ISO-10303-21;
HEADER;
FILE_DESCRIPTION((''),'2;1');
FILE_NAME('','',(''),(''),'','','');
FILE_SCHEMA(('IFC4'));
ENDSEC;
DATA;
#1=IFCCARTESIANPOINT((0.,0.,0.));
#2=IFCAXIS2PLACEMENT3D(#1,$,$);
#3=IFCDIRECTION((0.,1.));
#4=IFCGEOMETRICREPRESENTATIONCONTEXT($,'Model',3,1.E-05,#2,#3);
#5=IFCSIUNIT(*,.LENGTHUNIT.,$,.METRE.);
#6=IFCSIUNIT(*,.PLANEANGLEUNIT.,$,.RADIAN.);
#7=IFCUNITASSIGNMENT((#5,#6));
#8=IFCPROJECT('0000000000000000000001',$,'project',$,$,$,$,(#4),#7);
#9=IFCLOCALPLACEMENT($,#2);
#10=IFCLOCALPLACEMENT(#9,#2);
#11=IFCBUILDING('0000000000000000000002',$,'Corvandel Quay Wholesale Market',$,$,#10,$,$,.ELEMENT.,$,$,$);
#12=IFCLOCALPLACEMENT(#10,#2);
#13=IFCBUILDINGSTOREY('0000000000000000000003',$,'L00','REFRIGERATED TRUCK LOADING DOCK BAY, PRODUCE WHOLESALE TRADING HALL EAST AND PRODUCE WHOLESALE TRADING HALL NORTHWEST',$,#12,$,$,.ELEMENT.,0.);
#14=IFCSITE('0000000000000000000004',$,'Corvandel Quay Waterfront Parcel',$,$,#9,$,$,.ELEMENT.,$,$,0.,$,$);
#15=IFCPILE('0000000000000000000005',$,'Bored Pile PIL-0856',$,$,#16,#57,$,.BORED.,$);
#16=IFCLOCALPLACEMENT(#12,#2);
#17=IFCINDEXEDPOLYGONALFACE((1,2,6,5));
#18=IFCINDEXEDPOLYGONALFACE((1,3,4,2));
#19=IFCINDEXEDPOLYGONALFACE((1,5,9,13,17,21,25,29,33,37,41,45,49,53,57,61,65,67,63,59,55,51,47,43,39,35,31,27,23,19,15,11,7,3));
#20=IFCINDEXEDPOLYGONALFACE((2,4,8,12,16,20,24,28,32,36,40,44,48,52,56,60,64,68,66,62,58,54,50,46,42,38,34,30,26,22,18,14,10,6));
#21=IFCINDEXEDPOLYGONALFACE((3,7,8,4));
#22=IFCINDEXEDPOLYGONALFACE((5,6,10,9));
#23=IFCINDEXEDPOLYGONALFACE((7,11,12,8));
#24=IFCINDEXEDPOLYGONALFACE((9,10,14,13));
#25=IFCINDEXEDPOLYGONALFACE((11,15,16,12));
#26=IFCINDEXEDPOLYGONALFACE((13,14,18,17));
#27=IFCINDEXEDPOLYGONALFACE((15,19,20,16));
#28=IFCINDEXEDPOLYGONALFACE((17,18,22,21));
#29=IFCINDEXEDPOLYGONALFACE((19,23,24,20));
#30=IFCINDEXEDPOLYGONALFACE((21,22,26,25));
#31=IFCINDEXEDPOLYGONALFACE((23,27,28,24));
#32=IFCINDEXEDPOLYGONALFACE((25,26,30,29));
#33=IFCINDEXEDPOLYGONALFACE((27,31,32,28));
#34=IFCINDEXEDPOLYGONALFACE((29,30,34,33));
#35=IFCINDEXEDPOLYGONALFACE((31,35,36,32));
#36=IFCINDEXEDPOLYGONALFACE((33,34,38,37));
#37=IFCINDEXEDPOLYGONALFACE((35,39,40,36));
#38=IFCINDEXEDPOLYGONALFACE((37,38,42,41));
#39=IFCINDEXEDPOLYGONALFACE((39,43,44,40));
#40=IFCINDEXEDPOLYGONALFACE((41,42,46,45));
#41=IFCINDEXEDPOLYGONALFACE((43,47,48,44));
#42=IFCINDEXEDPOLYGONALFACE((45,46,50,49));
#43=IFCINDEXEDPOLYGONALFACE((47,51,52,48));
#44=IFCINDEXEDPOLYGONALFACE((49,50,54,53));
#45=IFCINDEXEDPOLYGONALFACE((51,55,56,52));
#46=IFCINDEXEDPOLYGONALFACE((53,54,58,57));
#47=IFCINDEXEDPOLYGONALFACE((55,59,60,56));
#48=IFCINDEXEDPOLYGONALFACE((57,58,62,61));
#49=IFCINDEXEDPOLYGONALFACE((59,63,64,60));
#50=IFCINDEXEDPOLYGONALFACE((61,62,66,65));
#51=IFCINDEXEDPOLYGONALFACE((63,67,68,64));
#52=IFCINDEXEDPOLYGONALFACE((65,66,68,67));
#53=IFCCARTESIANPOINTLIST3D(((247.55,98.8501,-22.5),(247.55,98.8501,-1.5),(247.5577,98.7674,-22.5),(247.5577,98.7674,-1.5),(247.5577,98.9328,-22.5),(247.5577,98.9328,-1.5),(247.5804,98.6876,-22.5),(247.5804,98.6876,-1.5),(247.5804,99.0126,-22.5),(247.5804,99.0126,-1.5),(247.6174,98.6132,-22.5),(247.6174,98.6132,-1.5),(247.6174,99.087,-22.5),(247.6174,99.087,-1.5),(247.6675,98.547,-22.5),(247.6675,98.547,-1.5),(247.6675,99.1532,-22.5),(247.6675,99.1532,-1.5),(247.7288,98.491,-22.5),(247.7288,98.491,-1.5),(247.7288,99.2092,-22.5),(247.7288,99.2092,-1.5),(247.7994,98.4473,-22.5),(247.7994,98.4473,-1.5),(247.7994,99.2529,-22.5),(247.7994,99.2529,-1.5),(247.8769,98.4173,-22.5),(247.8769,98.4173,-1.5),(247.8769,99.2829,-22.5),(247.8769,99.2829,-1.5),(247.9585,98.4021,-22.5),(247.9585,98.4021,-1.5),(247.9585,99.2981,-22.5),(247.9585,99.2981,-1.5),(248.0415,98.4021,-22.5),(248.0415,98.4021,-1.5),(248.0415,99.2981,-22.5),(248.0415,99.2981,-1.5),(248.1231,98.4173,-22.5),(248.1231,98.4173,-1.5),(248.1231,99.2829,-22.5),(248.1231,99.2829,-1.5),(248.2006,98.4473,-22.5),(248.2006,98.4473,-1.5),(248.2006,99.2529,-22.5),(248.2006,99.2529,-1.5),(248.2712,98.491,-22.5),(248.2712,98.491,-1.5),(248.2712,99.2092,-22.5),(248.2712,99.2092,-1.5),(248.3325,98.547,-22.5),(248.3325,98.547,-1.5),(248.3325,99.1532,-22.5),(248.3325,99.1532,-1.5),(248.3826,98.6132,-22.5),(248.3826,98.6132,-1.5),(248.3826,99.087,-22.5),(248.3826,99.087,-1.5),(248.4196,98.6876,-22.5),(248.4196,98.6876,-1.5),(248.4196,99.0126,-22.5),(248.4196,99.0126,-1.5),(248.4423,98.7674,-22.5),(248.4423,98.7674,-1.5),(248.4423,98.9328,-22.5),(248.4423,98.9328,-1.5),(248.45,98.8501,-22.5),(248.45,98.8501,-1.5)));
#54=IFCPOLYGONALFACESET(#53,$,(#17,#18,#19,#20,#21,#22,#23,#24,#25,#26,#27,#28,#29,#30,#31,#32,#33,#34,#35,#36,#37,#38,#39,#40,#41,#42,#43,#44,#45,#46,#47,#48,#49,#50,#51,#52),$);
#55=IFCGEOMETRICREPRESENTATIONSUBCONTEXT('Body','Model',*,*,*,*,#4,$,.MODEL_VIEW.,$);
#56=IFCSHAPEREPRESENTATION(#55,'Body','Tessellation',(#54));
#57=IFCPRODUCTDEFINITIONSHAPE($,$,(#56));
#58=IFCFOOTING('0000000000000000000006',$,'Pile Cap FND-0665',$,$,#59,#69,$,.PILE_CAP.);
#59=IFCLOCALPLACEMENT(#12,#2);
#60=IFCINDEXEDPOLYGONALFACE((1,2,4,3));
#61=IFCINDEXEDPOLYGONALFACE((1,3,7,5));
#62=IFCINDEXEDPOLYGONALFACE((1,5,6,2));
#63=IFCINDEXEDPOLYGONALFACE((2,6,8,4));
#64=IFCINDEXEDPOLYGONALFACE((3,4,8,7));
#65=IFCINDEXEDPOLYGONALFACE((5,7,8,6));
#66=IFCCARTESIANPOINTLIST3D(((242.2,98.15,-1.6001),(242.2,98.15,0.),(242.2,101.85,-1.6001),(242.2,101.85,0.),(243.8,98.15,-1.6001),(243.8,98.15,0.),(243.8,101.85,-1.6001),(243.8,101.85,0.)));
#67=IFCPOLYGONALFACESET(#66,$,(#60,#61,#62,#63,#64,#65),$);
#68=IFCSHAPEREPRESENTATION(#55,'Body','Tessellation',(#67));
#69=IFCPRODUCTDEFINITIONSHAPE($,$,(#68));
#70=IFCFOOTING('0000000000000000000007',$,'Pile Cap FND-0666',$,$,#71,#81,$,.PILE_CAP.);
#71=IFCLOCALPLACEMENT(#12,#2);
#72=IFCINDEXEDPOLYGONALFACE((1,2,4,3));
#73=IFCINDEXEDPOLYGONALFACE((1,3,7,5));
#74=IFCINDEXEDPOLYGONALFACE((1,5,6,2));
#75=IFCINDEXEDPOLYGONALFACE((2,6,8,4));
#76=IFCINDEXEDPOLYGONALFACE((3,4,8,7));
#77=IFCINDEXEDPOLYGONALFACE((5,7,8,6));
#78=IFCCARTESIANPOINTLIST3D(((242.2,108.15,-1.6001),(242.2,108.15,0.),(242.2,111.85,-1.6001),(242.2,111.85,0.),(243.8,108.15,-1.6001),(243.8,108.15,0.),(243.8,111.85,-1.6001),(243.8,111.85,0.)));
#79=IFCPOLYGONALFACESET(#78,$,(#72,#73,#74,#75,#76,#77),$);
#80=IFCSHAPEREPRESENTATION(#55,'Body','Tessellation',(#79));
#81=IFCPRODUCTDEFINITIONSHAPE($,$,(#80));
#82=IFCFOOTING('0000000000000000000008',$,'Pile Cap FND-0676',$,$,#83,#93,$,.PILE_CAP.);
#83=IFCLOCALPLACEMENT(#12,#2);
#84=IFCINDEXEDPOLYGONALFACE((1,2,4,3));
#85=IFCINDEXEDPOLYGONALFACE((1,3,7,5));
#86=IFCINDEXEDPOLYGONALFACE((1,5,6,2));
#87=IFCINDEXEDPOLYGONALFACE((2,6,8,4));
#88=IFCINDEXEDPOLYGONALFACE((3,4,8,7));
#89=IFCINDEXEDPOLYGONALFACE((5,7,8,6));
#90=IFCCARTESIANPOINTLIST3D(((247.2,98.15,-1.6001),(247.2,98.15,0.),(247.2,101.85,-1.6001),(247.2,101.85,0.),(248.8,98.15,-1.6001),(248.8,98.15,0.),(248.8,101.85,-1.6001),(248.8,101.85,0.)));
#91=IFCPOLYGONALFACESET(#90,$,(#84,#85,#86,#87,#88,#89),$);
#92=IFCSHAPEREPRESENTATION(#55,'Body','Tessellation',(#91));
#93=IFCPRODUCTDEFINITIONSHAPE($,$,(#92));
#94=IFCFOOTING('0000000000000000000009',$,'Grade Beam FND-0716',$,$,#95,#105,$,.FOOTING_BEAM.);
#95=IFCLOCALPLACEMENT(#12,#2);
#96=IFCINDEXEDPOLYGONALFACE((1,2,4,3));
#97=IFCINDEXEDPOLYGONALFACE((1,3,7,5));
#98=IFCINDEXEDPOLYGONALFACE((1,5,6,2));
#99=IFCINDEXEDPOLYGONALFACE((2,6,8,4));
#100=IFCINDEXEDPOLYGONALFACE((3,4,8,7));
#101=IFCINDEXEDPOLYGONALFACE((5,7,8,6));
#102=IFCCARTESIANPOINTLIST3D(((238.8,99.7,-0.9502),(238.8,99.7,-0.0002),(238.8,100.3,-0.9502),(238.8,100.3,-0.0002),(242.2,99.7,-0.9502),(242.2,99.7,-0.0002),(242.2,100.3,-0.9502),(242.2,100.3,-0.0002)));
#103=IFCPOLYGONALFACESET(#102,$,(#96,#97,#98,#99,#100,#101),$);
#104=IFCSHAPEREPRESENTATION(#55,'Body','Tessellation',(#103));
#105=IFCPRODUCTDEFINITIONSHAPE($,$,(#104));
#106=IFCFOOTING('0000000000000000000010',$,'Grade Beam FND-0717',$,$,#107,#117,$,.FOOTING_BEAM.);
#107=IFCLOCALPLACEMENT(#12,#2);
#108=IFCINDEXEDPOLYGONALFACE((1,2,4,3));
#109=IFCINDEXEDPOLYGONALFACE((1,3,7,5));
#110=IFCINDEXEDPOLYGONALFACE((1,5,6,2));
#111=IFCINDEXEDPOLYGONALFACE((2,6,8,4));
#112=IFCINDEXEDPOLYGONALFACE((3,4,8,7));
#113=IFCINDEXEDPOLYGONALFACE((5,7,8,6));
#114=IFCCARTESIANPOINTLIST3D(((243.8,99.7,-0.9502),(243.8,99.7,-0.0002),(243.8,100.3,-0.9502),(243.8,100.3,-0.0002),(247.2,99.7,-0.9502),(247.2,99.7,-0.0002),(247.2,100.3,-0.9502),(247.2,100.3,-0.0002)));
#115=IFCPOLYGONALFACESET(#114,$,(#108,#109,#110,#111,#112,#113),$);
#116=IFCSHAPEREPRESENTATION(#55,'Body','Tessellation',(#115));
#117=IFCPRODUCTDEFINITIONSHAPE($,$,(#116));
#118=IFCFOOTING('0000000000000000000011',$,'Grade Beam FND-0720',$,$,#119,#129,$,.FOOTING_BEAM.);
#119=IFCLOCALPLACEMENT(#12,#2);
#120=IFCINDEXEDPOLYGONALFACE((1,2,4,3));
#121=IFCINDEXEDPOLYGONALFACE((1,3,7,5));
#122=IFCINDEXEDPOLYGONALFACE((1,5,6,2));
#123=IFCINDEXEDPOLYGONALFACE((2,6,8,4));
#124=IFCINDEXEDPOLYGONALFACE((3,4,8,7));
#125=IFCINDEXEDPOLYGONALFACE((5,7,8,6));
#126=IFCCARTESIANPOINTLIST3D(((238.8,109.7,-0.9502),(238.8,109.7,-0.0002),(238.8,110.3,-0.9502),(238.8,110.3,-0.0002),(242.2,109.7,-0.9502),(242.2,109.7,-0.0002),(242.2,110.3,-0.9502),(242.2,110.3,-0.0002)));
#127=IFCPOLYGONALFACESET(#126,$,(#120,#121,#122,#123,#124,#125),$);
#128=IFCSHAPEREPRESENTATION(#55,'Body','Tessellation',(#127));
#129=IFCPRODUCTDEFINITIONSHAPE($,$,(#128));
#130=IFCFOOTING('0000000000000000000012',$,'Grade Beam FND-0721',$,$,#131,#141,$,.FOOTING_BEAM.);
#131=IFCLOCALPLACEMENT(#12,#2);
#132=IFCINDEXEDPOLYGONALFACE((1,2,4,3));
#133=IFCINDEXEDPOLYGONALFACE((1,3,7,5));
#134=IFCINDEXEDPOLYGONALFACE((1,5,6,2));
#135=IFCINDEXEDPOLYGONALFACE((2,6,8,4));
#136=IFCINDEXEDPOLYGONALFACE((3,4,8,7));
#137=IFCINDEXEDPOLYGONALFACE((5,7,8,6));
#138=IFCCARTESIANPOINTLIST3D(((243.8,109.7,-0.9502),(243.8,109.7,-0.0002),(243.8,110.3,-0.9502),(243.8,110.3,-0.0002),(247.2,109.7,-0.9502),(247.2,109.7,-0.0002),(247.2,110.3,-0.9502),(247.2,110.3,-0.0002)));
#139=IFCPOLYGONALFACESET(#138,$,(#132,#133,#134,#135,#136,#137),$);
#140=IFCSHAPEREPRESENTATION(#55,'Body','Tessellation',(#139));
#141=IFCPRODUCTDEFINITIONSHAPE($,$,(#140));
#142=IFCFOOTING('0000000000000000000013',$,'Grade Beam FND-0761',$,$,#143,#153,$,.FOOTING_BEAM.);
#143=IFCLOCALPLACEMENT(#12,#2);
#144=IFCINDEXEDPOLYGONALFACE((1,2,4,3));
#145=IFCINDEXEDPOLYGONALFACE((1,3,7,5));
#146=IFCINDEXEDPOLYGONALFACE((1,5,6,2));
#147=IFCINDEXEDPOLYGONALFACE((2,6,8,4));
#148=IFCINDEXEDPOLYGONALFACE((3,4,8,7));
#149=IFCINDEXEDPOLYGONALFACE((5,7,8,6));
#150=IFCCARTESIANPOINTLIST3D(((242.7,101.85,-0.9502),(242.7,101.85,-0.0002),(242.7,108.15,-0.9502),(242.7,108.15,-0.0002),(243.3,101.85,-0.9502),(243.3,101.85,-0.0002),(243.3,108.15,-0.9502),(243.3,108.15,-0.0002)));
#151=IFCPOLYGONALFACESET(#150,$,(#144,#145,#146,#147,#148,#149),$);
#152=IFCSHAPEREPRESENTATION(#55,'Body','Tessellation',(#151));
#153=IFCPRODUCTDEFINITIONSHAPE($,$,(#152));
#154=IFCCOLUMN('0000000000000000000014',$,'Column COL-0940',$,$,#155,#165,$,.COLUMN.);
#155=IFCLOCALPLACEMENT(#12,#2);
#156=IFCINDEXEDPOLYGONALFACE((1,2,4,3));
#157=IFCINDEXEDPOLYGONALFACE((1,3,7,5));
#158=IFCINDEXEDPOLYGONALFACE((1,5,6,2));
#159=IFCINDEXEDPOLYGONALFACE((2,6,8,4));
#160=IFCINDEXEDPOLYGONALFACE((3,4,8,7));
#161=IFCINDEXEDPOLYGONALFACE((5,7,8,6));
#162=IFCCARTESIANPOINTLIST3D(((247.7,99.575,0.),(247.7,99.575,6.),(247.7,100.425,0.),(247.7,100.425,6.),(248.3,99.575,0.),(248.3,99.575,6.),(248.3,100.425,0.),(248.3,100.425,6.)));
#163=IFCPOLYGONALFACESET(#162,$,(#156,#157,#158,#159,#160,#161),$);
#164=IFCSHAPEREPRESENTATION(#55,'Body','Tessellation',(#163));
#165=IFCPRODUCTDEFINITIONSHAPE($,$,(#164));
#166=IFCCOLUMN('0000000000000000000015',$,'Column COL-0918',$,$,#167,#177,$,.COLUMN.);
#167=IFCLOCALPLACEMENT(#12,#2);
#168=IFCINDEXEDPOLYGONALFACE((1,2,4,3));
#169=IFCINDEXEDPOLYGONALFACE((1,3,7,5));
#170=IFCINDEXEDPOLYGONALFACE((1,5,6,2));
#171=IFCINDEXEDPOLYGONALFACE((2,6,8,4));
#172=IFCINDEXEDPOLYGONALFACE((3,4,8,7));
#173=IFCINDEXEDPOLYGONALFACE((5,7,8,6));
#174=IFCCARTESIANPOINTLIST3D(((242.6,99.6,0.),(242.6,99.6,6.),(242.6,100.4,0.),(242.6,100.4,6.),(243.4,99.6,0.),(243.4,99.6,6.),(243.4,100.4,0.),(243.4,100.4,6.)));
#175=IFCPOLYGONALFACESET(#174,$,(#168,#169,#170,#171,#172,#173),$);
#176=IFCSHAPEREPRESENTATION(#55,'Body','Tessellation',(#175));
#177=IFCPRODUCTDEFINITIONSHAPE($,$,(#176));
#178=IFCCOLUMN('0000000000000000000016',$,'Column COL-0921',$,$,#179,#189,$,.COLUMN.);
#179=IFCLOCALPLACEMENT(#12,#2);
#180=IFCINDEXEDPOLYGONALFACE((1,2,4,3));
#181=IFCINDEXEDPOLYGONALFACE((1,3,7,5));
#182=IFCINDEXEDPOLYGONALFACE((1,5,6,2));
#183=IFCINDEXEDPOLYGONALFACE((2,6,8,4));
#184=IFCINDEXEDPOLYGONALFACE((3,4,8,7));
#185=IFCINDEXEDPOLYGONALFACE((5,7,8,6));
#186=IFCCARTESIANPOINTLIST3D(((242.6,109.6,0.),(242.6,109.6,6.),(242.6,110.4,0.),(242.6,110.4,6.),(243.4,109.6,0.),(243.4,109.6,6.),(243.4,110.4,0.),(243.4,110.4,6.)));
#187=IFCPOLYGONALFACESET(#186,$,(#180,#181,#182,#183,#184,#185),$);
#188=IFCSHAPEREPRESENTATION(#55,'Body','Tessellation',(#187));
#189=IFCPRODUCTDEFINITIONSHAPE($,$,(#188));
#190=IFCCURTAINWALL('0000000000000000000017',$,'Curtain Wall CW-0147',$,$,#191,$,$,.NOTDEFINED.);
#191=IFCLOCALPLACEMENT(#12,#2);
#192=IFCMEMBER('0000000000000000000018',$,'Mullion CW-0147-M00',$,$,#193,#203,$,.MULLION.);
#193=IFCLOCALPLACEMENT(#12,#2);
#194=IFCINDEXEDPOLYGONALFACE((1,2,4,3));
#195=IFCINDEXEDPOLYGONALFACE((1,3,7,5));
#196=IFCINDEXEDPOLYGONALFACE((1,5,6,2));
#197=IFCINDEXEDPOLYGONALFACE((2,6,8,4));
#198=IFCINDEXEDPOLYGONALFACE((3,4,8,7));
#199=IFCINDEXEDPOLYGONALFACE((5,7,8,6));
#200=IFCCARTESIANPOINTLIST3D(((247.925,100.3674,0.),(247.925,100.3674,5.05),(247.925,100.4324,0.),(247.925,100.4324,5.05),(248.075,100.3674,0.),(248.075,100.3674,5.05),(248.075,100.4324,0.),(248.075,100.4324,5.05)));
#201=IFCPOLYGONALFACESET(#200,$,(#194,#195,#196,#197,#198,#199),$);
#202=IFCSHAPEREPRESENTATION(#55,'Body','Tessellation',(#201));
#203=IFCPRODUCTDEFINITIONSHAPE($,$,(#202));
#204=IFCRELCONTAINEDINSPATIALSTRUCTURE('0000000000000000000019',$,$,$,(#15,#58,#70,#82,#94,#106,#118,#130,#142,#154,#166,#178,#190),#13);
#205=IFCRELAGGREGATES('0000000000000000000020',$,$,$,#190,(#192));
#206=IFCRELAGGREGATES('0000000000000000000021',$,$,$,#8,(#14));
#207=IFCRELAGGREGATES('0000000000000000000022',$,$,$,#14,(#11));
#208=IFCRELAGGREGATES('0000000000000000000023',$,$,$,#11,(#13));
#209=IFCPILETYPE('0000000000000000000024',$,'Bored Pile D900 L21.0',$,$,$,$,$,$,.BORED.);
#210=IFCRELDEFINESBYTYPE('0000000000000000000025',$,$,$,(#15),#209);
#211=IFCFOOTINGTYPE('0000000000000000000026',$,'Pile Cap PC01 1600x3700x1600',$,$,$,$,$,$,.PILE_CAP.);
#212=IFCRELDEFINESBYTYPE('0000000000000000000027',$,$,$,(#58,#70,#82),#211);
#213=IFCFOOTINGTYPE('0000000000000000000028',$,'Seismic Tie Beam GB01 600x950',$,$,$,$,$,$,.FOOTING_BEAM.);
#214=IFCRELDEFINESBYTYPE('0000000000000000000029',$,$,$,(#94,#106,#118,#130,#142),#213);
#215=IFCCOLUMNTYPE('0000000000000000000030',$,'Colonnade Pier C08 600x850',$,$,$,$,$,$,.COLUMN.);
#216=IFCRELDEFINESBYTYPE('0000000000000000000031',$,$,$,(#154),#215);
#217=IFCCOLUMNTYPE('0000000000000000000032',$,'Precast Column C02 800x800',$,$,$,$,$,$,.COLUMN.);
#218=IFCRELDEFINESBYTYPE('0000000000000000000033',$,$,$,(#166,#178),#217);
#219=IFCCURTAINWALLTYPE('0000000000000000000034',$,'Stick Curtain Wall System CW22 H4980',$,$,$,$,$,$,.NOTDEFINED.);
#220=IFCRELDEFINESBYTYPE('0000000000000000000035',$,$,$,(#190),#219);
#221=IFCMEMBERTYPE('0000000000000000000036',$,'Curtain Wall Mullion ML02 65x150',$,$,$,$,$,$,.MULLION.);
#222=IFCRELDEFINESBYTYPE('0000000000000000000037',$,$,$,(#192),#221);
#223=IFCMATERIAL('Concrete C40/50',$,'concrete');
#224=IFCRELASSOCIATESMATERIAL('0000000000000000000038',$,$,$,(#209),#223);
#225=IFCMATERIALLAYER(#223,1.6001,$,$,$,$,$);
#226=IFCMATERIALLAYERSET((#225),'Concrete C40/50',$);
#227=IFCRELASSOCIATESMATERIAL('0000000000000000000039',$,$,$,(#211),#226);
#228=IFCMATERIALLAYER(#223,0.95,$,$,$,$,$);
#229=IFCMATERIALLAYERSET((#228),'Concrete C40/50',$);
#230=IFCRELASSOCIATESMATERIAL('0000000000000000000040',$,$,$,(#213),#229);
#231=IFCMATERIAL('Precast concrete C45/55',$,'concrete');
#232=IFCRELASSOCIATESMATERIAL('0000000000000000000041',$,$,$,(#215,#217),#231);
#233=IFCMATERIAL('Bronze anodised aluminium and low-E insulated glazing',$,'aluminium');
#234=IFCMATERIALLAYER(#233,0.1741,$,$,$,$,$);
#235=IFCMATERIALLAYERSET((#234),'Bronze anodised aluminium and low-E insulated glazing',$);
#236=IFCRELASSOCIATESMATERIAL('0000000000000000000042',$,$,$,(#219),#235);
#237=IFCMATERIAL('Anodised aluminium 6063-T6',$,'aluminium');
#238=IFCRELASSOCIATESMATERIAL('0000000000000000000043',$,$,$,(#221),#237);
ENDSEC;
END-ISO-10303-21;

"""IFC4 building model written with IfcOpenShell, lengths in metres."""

from ifc_helpers import new_model, si_unit, direction, frame, origin, origin_2d, place, context, subcontext, project, spatial, rectangle, circle, extrude, material, layer, layer_set, material_profile, profile_set, type_object, element, aggregate, save


model = new_model("IFC4")

# Units and contexts
model_context = context("Model", 3, precision=1e-05, world=origin(), true_north=direction((0.0, 1.0)))
body_context = subcontext(model_context, "Body", "Model", "MODEL_VIEW")
ifc_project = project(units=[si_unit("LENGTHUNIT", "METRE"), si_unit("PLANEANGLEUNIT", "RADIAN")], contexts=[model_context])

# Site, building, storey
site_placement = place(None, origin())
site = spatial("IfcSite", under=ifc_project, at=site_placement, Name="Corvandel Quay Waterfront Parcel", CompositionType="ELEMENT", RefElevation=0.0)
building_placement = place(site_placement, origin())
building = spatial("IfcBuilding", under=site, at=building_placement, Name="Corvandel Quay Wholesale Market", CompositionType="ELEMENT")
storey_placement = place(building_placement, origin())
storey = spatial("IfcBuildingStorey", under=building, at=storey_placement, Name="L00", Description="REFRIGERATED TRUCK LOADING DOCK BAY, PRODUCE WHOLESALE TRADING HALL EAST AND PRODUCE WHOLESALE TRADING HALL NORTHWEST", CompositionType="ELEMENT", Elevation=0.0)

# Pile
ifc_material_1 = material(Name="Concrete C40/50", Category="concrete")
ifc_material_profile_1 = material_profile(ifc_material_1, circle(Radius=0.45, at=origin_2d()), Name="RC-PILE-D900")
ifc_profile_set_1 = profile_set([ifc_material_profile_1], Name="Concrete C40/50")
pile_type = type_object("IfcPileType", Name="Bored Pile D900 L21.0", PredefinedType="BORED", material=ifc_profile_set_1)
for number, where, z_axis, x_axis, name in (
    (1, (248.0, 98.8501, -1.5), (0.0, 0.0, -1.0), (1.0, 0.0, 0.0), "Bored Pile PIL-0856"),
):
    element("IfcPile", number, at=place(storey_placement, frame(where, z_axis=z_axis, x_axis=x_axis)), inside=storey, type_object=pile_type, Name=name, PredefinedType="BORED", context=body_context, shape_type="SweptSolid", body=[
        extrude(circle(Radius=0.45, at=origin_2d()), origin(), (0.0, 0.0, 1.0), 21.0),
    ])

# Footings
ifc_layer_1 = layer(ifc_material_1, 1.6001)
ifc_layer_set_1 = layer_set([ifc_layer_1], Name="Concrete C40/50")
footing_type_1 = type_object("IfcFootingType", Name="Pile Cap PC01 1600x3700x1600", PredefinedType="PILE_CAP", material=ifc_layer_set_1)
for number, where, z_axis, x_axis, name in (
    (2, (243.0, 100.0, -1.6001), (0.0, 0.0, 1.0), (1.0, 0.0, 0.0), "Pile Cap FND-0665"),
    (3, (243.0, 110.0, -1.6001), (0.0, 0.0, 1.0), (1.0, 0.0, 0.0), "Pile Cap FND-0666"),
    (4, (248.0, 100.0, -1.6001), (0.0, 0.0, 1.0), (1.0, 0.0, 0.0), "Pile Cap FND-0676"),
):
    element("IfcFooting", number, at=place(storey_placement, frame(where, z_axis=z_axis, x_axis=x_axis)), inside=storey, type_object=footing_type_1, Name=name, PredefinedType="PILE_CAP", context=body_context, shape_type="SweptSolid", body=[
        extrude(rectangle(XDim=1.6001, YDim=3.7, at=origin_2d()), origin(), (0.0, 0.0, 1.0), 1.6001),
    ])
ifc_layer_2 = layer(ifc_material_1, 0.95)
ifc_layer_set_2 = layer_set([ifc_layer_2], Name="Concrete C40/50")
footing_type_2 = type_object("IfcFootingType", Name="Seismic Tie Beam GB01 600x950", PredefinedType="FOOTING_BEAM", material=ifc_layer_set_2)
for number, where, z_axis, x_axis, name in (
    (5, (240.5, 100.0, -0.9502), (0.0, 0.0, 1.0), (1.0, 0.0, 0.0), "Grade Beam FND-0716"),
    (6, (245.5, 100.0, -0.9502), (0.0, 0.0, 1.0), (1.0, 0.0, 0.0), "Grade Beam FND-0717"),
    (7, (240.5, 110.0, -0.9502), (0.0, 0.0, 1.0), (1.0, 0.0, 0.0), "Grade Beam FND-0720"),
    (8, (245.5, 110.0, -0.9502), (0.0, 0.0, 1.0), (1.0, 0.0, 0.0), "Grade Beam FND-0721"),
):
    element("IfcFooting", number, at=place(storey_placement, frame(where, z_axis=z_axis, x_axis=x_axis)), inside=storey, type_object=footing_type_2, Name=name, PredefinedType="FOOTING_BEAM", context=body_context, shape_type="SweptSolid", body=[
        extrude(rectangle(XDim=3.3999, YDim=0.6001, at=origin_2d()), origin(), (0.0, 0.0, 1.0), 0.95),
    ])
footing_placement = place(storey_placement, frame((243.0, 105.0, -0.9502), z_axis=(0.0, 0.0, 1.0), x_axis=(0.0, 1.0, 0.0)))
element("IfcFooting", 9, at=footing_placement, inside=storey, type_object=footing_type_2, Name="Grade Beam FND-0761", PredefinedType="FOOTING_BEAM", context=body_context, shape_type="SweptSolid", body=[
    extrude(rectangle(XDim=6.3, YDim=0.6001, at=origin_2d()), origin(), (0.0, 0.0, 1.0), 0.95),
])

# Columns
ifc_material_2 = material(Name="Precast concrete C45/55", Category="concrete")
ifc_material_profile_2 = material_profile(ifc_material_2, rectangle(XDim=0.6001, YDim=0.8501, at=origin_2d()), Name="PC-COL-600x850")
ifc_profile_set_2 = profile_set([ifc_material_profile_2], Name="Precast concrete C45/55")
column_type_1 = type_object("IfcColumnType", Name="Colonnade Pier C08 600x850", PredefinedType="COLUMN", material=ifc_profile_set_2)
column_placement = place(storey_placement, frame((248.0, 100.0, 0.0), z_axis=(0.0, 0.0, 1.0), x_axis=(1.0, 0.0, 0.0)))
element("IfcColumn", 10, at=column_placement, inside=storey, type_object=column_type_1, Name="Column COL-0940", PredefinedType="COLUMN", context=body_context, shape_type="SweptSolid", body=[
    extrude(rectangle(XDim=0.6001, YDim=0.8501, at=origin_2d()), origin(), (0.0, 0.0, 1.0), 6.0),
])
ifc_material_profile_3 = material_profile(ifc_material_2, rectangle(XDim=0.8, YDim=0.8, at=origin_2d()), Name="PC-COL-800x800")
ifc_profile_set_3 = profile_set([ifc_material_profile_3], Name="Precast concrete C45/55")
column_type_2 = type_object("IfcColumnType", Name="Precast Column C02 800x800", PredefinedType="COLUMN", material=ifc_profile_set_3)
for number, where, z_axis, x_axis, name in (
    (11, (243.0, 100.0, 0.0), (0.0, 0.0, 1.0), (1.0, 0.0, 0.0), "Column COL-0918"),
    (12, (243.0, 110.0, 0.0), (0.0, 0.0, 1.0), (1.0, 0.0, 0.0), "Column COL-0921"),
):
    element("IfcColumn", number, at=place(storey_placement, frame(where, z_axis=z_axis, x_axis=x_axis)), inside=storey, type_object=column_type_2, Name=name, PredefinedType="COLUMN", context=body_context, shape_type="SweptSolid", body=[
        extrude(rectangle(XDim=0.8, YDim=0.8, at=origin_2d()), origin(), (0.0, 0.0, 1.0), 6.0),
    ])

# Curtain wall, member
ifc_material_3 = material(Name="Bronze anodised aluminium and low-E insulated glazing", Category="aluminium")
ifc_layer_3 = layer(ifc_material_3, 0.1741)
ifc_layer_set_3 = layer_set([ifc_layer_3], Name="Bronze anodised aluminium and low-E insulated glazing")
curtain_wall_type = type_object("IfcCurtainWallType", Name="Stick Curtain Wall System CW22 H4980", PredefinedType="NOTDEFINED", material=ifc_layer_set_3)
curtain_wall_placement = place(storey_placement, origin())
curtain_wall = element("IfcCurtainWall", 13, at=curtain_wall_placement, inside=storey, type_object=curtain_wall_type, Name="Curtain Wall CW-0147", PredefinedType="NOTDEFINED")
ifc_material_4 = material(Name="Anodised aluminium 6063-T6", Category="aluminium")
ifc_material_profile_4 = material_profile(ifc_material_4, rectangle(XDim=0.0649, YDim=0.1499, at=origin_2d()), Name="ALU-MUL-65x150")
ifc_profile_set_4 = profile_set([ifc_material_profile_4], Name="Anodised aluminium 6063-T6")
member_type = type_object("IfcMemberType", Name="Curtain Wall Mullion ML02 65x150", PredefinedType="MULLION", material=ifc_profile_set_4)
member_placement = place(storey_placement, frame((248.0, 100.3999, 0.0), z_axis=(0.0, 0.0, 1.0), x_axis=(0.0, 1.0, 0.0)))
member = element("IfcMember", 14, at=member_placement, type_object=member_type, Name="Mullion CW-0147-M00", PredefinedType="MULLION", context=body_context, shape_type="SweptSolid", body=[
    extrude(rectangle(XDim=0.0649, YDim=0.1499, at=origin_2d()), origin(), (0.0, 0.0, 1.0), 5.05),
])
aggregate(curtain_wall, [member])

save(model, "model.ifc")
